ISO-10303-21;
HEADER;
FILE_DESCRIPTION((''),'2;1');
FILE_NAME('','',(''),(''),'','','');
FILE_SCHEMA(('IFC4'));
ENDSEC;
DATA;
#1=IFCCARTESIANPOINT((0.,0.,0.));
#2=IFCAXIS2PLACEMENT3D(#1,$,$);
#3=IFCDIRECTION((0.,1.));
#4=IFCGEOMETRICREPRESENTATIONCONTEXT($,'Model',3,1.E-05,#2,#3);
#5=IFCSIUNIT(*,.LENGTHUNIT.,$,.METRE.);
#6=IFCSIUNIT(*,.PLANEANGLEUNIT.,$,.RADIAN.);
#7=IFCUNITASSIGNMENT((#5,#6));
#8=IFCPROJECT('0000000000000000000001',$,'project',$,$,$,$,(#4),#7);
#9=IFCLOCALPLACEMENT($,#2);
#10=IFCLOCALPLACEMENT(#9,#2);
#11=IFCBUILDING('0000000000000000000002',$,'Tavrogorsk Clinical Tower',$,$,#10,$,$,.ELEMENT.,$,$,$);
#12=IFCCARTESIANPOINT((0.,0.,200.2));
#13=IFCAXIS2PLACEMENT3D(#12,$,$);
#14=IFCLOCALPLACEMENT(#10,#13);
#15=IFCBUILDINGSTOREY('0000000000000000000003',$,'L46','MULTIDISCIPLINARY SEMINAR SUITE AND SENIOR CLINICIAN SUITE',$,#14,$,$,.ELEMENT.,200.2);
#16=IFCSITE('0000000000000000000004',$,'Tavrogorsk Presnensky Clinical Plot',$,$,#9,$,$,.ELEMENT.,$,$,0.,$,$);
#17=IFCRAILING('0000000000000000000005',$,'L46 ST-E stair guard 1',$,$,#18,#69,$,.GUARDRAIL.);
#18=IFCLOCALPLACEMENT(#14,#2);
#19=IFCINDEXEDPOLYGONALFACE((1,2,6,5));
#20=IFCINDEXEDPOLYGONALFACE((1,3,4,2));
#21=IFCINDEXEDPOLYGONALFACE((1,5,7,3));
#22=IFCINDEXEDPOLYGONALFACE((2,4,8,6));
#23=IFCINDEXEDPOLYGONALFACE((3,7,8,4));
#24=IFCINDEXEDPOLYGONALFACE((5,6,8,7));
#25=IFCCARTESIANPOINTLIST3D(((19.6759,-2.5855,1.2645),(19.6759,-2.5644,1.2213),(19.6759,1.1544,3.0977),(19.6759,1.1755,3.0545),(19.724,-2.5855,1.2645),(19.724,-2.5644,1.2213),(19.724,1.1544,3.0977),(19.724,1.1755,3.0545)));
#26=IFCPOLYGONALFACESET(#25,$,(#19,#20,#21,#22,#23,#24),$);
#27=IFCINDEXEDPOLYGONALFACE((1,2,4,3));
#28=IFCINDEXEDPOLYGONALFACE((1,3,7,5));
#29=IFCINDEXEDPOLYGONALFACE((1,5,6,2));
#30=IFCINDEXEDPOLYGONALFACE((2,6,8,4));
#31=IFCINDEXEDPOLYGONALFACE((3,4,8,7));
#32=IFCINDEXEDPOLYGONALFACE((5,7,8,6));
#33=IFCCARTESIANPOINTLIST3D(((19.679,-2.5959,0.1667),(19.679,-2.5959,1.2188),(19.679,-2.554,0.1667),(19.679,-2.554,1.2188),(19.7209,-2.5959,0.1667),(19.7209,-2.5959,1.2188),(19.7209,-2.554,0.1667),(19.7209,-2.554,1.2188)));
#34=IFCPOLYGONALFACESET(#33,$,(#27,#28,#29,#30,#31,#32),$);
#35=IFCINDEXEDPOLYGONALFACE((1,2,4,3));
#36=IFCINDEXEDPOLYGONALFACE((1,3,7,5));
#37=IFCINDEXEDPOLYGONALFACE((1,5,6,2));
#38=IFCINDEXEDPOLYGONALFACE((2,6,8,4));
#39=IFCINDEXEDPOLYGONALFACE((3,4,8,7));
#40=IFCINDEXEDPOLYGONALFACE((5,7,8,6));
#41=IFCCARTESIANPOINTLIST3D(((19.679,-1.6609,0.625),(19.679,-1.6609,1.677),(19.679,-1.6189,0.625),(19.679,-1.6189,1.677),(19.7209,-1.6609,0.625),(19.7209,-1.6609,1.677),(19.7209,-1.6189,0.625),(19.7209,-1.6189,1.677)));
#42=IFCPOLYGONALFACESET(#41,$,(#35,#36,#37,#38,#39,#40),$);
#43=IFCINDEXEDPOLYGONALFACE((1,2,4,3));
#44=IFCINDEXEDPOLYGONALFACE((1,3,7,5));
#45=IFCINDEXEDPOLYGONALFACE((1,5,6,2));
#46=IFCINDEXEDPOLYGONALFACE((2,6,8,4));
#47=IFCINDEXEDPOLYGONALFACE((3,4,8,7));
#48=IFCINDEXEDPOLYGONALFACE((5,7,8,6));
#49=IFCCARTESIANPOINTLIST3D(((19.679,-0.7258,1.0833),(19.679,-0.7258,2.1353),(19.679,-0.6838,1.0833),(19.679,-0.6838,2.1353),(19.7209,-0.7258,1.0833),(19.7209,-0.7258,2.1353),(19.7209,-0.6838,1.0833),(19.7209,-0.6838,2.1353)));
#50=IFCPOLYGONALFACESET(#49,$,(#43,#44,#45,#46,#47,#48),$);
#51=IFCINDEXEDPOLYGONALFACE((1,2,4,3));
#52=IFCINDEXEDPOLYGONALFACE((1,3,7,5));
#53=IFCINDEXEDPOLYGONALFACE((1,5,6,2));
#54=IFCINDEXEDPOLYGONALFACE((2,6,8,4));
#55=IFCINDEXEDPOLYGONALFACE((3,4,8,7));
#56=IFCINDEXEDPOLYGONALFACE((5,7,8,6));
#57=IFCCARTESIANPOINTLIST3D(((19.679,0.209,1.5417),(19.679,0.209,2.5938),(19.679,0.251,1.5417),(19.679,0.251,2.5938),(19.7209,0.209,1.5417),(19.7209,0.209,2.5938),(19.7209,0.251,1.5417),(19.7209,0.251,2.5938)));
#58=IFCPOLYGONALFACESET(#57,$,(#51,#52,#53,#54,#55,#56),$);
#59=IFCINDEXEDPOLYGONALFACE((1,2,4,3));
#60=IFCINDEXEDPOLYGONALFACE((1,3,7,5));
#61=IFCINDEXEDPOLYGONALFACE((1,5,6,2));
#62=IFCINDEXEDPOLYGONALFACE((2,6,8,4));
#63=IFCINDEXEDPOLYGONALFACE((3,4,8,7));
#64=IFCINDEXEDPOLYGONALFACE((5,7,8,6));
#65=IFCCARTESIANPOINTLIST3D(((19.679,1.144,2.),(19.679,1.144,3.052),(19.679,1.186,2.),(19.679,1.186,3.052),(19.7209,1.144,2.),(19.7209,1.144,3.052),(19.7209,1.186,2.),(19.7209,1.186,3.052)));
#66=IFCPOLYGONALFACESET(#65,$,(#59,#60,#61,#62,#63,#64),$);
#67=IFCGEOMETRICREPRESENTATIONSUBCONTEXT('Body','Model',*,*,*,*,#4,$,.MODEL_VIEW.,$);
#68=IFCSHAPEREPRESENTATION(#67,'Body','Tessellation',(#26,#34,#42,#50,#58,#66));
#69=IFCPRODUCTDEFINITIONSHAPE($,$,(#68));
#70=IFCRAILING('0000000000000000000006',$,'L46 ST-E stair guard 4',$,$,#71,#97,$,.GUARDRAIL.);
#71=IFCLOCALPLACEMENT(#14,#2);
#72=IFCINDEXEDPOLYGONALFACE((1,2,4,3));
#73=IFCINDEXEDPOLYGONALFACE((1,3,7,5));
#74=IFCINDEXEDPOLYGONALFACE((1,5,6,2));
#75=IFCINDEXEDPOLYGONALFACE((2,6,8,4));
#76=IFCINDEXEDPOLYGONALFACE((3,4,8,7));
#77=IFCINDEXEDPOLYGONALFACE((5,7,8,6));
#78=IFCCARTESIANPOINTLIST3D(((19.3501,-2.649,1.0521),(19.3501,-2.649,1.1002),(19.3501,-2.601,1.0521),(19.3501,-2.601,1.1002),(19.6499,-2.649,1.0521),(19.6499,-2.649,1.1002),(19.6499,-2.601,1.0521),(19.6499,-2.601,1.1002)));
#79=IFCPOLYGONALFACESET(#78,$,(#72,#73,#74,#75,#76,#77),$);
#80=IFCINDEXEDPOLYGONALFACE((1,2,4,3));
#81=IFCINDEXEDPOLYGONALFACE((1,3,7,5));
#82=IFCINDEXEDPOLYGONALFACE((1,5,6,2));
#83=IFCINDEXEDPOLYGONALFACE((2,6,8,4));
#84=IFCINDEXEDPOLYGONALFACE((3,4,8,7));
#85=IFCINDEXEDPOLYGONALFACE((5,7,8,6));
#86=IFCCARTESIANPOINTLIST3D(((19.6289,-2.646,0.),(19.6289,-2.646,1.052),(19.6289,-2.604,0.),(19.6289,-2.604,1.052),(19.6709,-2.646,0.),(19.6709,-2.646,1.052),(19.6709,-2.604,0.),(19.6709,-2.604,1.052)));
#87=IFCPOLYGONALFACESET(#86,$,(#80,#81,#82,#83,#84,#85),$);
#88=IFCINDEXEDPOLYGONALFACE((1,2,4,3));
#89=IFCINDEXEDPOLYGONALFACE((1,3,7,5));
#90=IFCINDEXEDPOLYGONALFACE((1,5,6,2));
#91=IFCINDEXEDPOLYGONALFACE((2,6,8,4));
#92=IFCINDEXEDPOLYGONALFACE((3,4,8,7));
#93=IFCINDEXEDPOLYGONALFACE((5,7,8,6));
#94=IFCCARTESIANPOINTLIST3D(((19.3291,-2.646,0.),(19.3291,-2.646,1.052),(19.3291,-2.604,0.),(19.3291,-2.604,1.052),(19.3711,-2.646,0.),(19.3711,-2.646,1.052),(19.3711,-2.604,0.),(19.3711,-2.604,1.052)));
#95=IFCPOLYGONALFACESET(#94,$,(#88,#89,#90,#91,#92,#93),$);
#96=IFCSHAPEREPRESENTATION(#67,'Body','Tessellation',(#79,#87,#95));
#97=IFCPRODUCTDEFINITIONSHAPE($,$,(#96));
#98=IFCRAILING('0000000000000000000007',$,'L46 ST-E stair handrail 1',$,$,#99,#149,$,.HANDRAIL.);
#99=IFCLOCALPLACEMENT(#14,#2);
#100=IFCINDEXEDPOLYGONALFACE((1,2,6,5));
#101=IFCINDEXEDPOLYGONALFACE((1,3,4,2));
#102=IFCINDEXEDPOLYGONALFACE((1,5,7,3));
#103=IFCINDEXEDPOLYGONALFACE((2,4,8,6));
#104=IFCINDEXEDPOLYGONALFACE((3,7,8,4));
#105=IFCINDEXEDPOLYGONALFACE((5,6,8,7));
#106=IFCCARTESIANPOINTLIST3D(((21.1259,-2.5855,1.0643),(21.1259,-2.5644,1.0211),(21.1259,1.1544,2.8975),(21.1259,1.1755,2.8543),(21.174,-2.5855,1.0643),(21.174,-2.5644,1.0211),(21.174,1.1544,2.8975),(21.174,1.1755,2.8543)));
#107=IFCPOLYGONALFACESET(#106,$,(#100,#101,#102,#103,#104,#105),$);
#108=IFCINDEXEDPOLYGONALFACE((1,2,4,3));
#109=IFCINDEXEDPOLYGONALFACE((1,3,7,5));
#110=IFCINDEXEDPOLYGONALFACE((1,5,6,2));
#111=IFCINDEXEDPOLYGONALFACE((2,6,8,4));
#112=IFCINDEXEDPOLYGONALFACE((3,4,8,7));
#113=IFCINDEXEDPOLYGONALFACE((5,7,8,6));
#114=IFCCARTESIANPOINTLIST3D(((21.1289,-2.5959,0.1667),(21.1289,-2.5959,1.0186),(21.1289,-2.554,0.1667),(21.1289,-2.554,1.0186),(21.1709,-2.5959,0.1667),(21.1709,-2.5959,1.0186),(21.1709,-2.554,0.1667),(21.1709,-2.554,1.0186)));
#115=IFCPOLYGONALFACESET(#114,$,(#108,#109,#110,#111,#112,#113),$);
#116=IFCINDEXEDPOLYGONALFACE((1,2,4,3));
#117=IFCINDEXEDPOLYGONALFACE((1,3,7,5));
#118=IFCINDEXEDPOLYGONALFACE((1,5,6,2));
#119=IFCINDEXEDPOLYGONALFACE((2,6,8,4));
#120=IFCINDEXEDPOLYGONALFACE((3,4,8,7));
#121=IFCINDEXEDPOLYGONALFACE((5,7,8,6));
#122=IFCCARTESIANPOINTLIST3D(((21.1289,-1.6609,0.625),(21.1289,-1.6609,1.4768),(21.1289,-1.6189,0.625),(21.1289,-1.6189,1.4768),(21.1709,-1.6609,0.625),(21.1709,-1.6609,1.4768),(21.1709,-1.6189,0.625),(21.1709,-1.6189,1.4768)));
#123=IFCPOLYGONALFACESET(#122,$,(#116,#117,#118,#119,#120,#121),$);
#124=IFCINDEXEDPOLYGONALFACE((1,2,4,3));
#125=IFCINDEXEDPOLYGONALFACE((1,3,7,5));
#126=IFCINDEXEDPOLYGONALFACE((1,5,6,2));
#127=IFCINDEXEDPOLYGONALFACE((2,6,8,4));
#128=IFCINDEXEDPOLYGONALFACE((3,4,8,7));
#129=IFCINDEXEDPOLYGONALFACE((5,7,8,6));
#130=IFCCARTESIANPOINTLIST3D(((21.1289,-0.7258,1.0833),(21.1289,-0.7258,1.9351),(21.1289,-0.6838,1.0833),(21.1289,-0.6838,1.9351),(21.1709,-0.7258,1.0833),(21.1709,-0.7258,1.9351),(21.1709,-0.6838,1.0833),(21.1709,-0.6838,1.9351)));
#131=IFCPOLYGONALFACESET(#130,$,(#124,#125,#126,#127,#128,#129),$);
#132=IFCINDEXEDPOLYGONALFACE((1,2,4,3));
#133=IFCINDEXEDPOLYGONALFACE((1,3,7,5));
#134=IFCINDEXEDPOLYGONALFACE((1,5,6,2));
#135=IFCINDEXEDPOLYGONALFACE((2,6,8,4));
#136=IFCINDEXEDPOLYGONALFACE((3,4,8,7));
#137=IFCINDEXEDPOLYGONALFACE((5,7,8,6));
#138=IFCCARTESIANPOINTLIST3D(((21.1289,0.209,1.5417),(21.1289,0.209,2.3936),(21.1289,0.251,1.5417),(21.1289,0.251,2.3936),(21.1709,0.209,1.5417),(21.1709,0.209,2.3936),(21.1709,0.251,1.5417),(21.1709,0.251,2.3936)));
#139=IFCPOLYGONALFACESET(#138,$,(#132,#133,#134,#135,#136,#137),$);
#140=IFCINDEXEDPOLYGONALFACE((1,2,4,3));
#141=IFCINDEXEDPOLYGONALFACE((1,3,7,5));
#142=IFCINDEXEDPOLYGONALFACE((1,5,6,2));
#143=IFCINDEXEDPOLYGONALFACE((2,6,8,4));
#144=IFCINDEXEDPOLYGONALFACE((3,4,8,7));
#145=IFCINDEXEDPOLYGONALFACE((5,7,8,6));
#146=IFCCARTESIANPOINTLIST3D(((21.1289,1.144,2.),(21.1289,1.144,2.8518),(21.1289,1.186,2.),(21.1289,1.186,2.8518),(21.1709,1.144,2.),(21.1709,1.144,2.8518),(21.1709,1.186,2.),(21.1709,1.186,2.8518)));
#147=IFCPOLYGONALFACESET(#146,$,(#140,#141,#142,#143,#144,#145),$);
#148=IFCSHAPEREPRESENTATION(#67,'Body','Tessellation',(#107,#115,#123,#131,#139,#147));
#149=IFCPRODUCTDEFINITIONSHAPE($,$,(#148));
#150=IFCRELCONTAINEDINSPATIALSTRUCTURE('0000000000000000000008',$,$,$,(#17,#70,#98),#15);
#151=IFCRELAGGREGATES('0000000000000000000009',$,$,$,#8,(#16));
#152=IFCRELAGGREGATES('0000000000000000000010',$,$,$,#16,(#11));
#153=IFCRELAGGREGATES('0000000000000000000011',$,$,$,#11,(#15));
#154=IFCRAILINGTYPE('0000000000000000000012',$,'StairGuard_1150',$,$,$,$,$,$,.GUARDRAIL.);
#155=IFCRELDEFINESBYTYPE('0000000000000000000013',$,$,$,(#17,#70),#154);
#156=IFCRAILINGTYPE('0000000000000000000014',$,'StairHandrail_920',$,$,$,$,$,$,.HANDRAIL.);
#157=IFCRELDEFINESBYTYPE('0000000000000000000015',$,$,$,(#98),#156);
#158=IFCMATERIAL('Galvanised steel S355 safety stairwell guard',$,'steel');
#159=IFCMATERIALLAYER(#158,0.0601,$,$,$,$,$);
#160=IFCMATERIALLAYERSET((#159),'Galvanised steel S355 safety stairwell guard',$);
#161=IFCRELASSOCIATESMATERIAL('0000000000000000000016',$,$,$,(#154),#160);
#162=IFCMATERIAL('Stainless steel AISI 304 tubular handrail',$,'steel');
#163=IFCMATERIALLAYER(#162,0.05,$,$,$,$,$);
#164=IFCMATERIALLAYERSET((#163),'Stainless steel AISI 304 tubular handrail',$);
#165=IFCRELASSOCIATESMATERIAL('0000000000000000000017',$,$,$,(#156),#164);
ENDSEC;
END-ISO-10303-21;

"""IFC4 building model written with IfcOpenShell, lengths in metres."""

from ifc_helpers import new_model, si_unit, direction, frame, origin, origin_2d, place, context, subcontext, project, spatial, rectangle, extrude, material, layer, layer_set, type_object, element, save


model = new_model("IFC4")

# Units and contexts
model_context = context("Model", 3, precision=1e-05, world=origin(), true_north=direction((0.0, 1.0)))
body_context = subcontext(model_context, "Body", "Model", "MODEL_VIEW")
ifc_project = project(units=[si_unit("LENGTHUNIT", "METRE"), si_unit("PLANEANGLEUNIT", "RADIAN")], contexts=[model_context])

# Site, building, storey
site_placement = place(None, origin())
site = spatial("IfcSite", under=ifc_project, at=site_placement, Name="Tavrogorsk Presnensky Clinical Plot", CompositionType="ELEMENT", RefElevation=0.0)
building_placement = place(site_placement, origin())
building = spatial("IfcBuilding", under=site, at=building_placement, Name="Tavrogorsk Clinical Tower", CompositionType="ELEMENT")
storey_placement = place(building_placement, frame((0.0, 0.0, 200.2)))
storey = spatial("IfcBuildingStorey", under=building, at=storey_placement, Name="L46", Description="MULTIDISCIPLINARY SEMINAR SUITE AND SENIOR CLINICIAN SUITE", CompositionType="ELEMENT", Elevation=200.2)

# Railings
ifc_material_1 = material(Name="Galvanised steel S355 safety stairwell guard", Category="steel")
ifc_layer_1 = layer(ifc_material_1, 0.0601)
ifc_layer_set_1 = layer_set([ifc_layer_1], Name="Galvanised steel S355 safety stairwell guard")
railing_type_1 = type_object("IfcRailingType", Name="StairGuard_1150", PredefinedType="GUARDRAIL", material=ifc_layer_set_1)
railing_1_placement = place(storey_placement, frame((19.7, -2.575, 0.1667)))
element("IfcRailing", 1, at=railing_1_placement, inside=storey, type_object=railing_type_1, Name="L46 ST-E stair guard 1", PredefinedType="GUARDRAIL", context=body_context, shape_type="SweptSolid", body=[
    extrude(rectangle(XDim=0.0481, YDim=0.0481, at=origin_2d()), frame((0.0, 0.0, 1.0762), z_axis=(0.0, 0.897928, 0.440142), x_axis=(-1.0, 0.0, 0.0)), (0.0, 0.0, 1.0), 4.165),
    extrude(rectangle(XDim=0.042, YDim=0.042, at=origin_2d()), origin(), (0.0, 0.0, 1.0), 1.052),
    extrude(rectangle(XDim=0.042, YDim=0.042, at=origin_2d()), frame((0.0, 0.9351, 0.4583)), (0.0, 0.0, 1.0), 1.052),
    extrude(rectangle(XDim=0.042, YDim=0.042, at=origin_2d()), frame((0.0, 1.8701, 0.9165)), (0.0, 0.0, 1.0), 1.052),
    extrude(rectangle(XDim=0.042, YDim=0.042, at=origin_2d()), frame((0.0, 2.8049, 1.375)), (0.0, 0.0, 1.0), 1.052),
    extrude(rectangle(XDim=0.042, YDim=0.042, at=origin_2d()), frame((0.0, 3.74, 1.8333)), (0.0, 0.0, 1.0), 1.052),
])
railing_2_placement = place(storey_placement, frame((19.6499, -2.625, 0.0)))
element("IfcRailing", 2, at=railing_2_placement, inside=storey, type_object=railing_type_1, Name="L46 ST-E stair guard 4", PredefinedType="GUARDRAIL", context=body_context, shape_type="SweptSolid", body=[
    extrude(rectangle(XDim=0.0481, YDim=0.0481, at=origin_2d()), frame((0.0, 0.0, 1.0762), z_axis=(-1.0, 0.0, 0.0), x_axis=(0.0, -1.0, 0.0)), (0.0, 0.0, 1.0), 0.2998),
    extrude(rectangle(XDim=0.042, YDim=0.042, at=origin_2d()), origin(), (0.0, 0.0, 1.0), 1.052),
    extrude(rectangle(XDim=0.042, YDim=0.042, at=origin_2d()), frame((-0.2998, 0.0, 0.0)), (0.0, 0.0, 1.0), 1.052),
])
ifc_material_2 = material(Name="Stainless steel AISI 304 tubular handrail", Category="steel")
ifc_layer_2 = layer(ifc_material_2, 0.05)
ifc_layer_set_2 = layer_set([ifc_layer_2], Name="Stainless steel AISI 304 tubular handrail")
railing_type_2 = type_object("IfcRailingType", Name="StairHandrail_920", PredefinedType="HANDRAIL", material=ifc_layer_set_2)
railing_3_placement = place(storey_placement, frame((21.1499, -2.575, 0.1667)))
element("IfcRailing", 3, at=railing_3_placement, inside=storey, type_object=railing_type_2, Name="L46 ST-E stair handrail 1", PredefinedType="HANDRAIL", context=body_context, shape_type="SweptSolid", body=[
    extrude(rectangle(XDim=0.0481, YDim=0.0481, at=origin_2d()), frame((0.0, 0.0, 0.876), z_axis=(0.0, 0.897928, 0.440142), x_axis=(-1.0, 0.0, 0.0)), (0.0, 0.0, 1.0), 4.165),
    extrude(rectangle(XDim=0.042, YDim=0.042, at=origin_2d()), origin(), (0.0, 0.0, 1.0), 0.8518),
    extrude(rectangle(XDim=0.042, YDim=0.042, at=origin_2d()), frame((0.0, 0.9351, 0.4583)), (0.0, 0.0, 1.0), 0.8518),
    extrude(rectangle(XDim=0.042, YDim=0.042, at=origin_2d()), frame((0.0, 1.8701, 0.9165)), (0.0, 0.0, 1.0), 0.8518),
    extrude(rectangle(XDim=0.042, YDim=0.042, at=origin_2d()), frame((0.0, 2.8049, 1.375)), (0.0, 0.0, 1.0), 0.8518),
    extrude(rectangle(XDim=0.042, YDim=0.042, at=origin_2d()), frame((0.0, 3.74, 1.8333)), (0.0, 0.0, 1.0), 0.8518),
])

save(model, "model.ifc")
